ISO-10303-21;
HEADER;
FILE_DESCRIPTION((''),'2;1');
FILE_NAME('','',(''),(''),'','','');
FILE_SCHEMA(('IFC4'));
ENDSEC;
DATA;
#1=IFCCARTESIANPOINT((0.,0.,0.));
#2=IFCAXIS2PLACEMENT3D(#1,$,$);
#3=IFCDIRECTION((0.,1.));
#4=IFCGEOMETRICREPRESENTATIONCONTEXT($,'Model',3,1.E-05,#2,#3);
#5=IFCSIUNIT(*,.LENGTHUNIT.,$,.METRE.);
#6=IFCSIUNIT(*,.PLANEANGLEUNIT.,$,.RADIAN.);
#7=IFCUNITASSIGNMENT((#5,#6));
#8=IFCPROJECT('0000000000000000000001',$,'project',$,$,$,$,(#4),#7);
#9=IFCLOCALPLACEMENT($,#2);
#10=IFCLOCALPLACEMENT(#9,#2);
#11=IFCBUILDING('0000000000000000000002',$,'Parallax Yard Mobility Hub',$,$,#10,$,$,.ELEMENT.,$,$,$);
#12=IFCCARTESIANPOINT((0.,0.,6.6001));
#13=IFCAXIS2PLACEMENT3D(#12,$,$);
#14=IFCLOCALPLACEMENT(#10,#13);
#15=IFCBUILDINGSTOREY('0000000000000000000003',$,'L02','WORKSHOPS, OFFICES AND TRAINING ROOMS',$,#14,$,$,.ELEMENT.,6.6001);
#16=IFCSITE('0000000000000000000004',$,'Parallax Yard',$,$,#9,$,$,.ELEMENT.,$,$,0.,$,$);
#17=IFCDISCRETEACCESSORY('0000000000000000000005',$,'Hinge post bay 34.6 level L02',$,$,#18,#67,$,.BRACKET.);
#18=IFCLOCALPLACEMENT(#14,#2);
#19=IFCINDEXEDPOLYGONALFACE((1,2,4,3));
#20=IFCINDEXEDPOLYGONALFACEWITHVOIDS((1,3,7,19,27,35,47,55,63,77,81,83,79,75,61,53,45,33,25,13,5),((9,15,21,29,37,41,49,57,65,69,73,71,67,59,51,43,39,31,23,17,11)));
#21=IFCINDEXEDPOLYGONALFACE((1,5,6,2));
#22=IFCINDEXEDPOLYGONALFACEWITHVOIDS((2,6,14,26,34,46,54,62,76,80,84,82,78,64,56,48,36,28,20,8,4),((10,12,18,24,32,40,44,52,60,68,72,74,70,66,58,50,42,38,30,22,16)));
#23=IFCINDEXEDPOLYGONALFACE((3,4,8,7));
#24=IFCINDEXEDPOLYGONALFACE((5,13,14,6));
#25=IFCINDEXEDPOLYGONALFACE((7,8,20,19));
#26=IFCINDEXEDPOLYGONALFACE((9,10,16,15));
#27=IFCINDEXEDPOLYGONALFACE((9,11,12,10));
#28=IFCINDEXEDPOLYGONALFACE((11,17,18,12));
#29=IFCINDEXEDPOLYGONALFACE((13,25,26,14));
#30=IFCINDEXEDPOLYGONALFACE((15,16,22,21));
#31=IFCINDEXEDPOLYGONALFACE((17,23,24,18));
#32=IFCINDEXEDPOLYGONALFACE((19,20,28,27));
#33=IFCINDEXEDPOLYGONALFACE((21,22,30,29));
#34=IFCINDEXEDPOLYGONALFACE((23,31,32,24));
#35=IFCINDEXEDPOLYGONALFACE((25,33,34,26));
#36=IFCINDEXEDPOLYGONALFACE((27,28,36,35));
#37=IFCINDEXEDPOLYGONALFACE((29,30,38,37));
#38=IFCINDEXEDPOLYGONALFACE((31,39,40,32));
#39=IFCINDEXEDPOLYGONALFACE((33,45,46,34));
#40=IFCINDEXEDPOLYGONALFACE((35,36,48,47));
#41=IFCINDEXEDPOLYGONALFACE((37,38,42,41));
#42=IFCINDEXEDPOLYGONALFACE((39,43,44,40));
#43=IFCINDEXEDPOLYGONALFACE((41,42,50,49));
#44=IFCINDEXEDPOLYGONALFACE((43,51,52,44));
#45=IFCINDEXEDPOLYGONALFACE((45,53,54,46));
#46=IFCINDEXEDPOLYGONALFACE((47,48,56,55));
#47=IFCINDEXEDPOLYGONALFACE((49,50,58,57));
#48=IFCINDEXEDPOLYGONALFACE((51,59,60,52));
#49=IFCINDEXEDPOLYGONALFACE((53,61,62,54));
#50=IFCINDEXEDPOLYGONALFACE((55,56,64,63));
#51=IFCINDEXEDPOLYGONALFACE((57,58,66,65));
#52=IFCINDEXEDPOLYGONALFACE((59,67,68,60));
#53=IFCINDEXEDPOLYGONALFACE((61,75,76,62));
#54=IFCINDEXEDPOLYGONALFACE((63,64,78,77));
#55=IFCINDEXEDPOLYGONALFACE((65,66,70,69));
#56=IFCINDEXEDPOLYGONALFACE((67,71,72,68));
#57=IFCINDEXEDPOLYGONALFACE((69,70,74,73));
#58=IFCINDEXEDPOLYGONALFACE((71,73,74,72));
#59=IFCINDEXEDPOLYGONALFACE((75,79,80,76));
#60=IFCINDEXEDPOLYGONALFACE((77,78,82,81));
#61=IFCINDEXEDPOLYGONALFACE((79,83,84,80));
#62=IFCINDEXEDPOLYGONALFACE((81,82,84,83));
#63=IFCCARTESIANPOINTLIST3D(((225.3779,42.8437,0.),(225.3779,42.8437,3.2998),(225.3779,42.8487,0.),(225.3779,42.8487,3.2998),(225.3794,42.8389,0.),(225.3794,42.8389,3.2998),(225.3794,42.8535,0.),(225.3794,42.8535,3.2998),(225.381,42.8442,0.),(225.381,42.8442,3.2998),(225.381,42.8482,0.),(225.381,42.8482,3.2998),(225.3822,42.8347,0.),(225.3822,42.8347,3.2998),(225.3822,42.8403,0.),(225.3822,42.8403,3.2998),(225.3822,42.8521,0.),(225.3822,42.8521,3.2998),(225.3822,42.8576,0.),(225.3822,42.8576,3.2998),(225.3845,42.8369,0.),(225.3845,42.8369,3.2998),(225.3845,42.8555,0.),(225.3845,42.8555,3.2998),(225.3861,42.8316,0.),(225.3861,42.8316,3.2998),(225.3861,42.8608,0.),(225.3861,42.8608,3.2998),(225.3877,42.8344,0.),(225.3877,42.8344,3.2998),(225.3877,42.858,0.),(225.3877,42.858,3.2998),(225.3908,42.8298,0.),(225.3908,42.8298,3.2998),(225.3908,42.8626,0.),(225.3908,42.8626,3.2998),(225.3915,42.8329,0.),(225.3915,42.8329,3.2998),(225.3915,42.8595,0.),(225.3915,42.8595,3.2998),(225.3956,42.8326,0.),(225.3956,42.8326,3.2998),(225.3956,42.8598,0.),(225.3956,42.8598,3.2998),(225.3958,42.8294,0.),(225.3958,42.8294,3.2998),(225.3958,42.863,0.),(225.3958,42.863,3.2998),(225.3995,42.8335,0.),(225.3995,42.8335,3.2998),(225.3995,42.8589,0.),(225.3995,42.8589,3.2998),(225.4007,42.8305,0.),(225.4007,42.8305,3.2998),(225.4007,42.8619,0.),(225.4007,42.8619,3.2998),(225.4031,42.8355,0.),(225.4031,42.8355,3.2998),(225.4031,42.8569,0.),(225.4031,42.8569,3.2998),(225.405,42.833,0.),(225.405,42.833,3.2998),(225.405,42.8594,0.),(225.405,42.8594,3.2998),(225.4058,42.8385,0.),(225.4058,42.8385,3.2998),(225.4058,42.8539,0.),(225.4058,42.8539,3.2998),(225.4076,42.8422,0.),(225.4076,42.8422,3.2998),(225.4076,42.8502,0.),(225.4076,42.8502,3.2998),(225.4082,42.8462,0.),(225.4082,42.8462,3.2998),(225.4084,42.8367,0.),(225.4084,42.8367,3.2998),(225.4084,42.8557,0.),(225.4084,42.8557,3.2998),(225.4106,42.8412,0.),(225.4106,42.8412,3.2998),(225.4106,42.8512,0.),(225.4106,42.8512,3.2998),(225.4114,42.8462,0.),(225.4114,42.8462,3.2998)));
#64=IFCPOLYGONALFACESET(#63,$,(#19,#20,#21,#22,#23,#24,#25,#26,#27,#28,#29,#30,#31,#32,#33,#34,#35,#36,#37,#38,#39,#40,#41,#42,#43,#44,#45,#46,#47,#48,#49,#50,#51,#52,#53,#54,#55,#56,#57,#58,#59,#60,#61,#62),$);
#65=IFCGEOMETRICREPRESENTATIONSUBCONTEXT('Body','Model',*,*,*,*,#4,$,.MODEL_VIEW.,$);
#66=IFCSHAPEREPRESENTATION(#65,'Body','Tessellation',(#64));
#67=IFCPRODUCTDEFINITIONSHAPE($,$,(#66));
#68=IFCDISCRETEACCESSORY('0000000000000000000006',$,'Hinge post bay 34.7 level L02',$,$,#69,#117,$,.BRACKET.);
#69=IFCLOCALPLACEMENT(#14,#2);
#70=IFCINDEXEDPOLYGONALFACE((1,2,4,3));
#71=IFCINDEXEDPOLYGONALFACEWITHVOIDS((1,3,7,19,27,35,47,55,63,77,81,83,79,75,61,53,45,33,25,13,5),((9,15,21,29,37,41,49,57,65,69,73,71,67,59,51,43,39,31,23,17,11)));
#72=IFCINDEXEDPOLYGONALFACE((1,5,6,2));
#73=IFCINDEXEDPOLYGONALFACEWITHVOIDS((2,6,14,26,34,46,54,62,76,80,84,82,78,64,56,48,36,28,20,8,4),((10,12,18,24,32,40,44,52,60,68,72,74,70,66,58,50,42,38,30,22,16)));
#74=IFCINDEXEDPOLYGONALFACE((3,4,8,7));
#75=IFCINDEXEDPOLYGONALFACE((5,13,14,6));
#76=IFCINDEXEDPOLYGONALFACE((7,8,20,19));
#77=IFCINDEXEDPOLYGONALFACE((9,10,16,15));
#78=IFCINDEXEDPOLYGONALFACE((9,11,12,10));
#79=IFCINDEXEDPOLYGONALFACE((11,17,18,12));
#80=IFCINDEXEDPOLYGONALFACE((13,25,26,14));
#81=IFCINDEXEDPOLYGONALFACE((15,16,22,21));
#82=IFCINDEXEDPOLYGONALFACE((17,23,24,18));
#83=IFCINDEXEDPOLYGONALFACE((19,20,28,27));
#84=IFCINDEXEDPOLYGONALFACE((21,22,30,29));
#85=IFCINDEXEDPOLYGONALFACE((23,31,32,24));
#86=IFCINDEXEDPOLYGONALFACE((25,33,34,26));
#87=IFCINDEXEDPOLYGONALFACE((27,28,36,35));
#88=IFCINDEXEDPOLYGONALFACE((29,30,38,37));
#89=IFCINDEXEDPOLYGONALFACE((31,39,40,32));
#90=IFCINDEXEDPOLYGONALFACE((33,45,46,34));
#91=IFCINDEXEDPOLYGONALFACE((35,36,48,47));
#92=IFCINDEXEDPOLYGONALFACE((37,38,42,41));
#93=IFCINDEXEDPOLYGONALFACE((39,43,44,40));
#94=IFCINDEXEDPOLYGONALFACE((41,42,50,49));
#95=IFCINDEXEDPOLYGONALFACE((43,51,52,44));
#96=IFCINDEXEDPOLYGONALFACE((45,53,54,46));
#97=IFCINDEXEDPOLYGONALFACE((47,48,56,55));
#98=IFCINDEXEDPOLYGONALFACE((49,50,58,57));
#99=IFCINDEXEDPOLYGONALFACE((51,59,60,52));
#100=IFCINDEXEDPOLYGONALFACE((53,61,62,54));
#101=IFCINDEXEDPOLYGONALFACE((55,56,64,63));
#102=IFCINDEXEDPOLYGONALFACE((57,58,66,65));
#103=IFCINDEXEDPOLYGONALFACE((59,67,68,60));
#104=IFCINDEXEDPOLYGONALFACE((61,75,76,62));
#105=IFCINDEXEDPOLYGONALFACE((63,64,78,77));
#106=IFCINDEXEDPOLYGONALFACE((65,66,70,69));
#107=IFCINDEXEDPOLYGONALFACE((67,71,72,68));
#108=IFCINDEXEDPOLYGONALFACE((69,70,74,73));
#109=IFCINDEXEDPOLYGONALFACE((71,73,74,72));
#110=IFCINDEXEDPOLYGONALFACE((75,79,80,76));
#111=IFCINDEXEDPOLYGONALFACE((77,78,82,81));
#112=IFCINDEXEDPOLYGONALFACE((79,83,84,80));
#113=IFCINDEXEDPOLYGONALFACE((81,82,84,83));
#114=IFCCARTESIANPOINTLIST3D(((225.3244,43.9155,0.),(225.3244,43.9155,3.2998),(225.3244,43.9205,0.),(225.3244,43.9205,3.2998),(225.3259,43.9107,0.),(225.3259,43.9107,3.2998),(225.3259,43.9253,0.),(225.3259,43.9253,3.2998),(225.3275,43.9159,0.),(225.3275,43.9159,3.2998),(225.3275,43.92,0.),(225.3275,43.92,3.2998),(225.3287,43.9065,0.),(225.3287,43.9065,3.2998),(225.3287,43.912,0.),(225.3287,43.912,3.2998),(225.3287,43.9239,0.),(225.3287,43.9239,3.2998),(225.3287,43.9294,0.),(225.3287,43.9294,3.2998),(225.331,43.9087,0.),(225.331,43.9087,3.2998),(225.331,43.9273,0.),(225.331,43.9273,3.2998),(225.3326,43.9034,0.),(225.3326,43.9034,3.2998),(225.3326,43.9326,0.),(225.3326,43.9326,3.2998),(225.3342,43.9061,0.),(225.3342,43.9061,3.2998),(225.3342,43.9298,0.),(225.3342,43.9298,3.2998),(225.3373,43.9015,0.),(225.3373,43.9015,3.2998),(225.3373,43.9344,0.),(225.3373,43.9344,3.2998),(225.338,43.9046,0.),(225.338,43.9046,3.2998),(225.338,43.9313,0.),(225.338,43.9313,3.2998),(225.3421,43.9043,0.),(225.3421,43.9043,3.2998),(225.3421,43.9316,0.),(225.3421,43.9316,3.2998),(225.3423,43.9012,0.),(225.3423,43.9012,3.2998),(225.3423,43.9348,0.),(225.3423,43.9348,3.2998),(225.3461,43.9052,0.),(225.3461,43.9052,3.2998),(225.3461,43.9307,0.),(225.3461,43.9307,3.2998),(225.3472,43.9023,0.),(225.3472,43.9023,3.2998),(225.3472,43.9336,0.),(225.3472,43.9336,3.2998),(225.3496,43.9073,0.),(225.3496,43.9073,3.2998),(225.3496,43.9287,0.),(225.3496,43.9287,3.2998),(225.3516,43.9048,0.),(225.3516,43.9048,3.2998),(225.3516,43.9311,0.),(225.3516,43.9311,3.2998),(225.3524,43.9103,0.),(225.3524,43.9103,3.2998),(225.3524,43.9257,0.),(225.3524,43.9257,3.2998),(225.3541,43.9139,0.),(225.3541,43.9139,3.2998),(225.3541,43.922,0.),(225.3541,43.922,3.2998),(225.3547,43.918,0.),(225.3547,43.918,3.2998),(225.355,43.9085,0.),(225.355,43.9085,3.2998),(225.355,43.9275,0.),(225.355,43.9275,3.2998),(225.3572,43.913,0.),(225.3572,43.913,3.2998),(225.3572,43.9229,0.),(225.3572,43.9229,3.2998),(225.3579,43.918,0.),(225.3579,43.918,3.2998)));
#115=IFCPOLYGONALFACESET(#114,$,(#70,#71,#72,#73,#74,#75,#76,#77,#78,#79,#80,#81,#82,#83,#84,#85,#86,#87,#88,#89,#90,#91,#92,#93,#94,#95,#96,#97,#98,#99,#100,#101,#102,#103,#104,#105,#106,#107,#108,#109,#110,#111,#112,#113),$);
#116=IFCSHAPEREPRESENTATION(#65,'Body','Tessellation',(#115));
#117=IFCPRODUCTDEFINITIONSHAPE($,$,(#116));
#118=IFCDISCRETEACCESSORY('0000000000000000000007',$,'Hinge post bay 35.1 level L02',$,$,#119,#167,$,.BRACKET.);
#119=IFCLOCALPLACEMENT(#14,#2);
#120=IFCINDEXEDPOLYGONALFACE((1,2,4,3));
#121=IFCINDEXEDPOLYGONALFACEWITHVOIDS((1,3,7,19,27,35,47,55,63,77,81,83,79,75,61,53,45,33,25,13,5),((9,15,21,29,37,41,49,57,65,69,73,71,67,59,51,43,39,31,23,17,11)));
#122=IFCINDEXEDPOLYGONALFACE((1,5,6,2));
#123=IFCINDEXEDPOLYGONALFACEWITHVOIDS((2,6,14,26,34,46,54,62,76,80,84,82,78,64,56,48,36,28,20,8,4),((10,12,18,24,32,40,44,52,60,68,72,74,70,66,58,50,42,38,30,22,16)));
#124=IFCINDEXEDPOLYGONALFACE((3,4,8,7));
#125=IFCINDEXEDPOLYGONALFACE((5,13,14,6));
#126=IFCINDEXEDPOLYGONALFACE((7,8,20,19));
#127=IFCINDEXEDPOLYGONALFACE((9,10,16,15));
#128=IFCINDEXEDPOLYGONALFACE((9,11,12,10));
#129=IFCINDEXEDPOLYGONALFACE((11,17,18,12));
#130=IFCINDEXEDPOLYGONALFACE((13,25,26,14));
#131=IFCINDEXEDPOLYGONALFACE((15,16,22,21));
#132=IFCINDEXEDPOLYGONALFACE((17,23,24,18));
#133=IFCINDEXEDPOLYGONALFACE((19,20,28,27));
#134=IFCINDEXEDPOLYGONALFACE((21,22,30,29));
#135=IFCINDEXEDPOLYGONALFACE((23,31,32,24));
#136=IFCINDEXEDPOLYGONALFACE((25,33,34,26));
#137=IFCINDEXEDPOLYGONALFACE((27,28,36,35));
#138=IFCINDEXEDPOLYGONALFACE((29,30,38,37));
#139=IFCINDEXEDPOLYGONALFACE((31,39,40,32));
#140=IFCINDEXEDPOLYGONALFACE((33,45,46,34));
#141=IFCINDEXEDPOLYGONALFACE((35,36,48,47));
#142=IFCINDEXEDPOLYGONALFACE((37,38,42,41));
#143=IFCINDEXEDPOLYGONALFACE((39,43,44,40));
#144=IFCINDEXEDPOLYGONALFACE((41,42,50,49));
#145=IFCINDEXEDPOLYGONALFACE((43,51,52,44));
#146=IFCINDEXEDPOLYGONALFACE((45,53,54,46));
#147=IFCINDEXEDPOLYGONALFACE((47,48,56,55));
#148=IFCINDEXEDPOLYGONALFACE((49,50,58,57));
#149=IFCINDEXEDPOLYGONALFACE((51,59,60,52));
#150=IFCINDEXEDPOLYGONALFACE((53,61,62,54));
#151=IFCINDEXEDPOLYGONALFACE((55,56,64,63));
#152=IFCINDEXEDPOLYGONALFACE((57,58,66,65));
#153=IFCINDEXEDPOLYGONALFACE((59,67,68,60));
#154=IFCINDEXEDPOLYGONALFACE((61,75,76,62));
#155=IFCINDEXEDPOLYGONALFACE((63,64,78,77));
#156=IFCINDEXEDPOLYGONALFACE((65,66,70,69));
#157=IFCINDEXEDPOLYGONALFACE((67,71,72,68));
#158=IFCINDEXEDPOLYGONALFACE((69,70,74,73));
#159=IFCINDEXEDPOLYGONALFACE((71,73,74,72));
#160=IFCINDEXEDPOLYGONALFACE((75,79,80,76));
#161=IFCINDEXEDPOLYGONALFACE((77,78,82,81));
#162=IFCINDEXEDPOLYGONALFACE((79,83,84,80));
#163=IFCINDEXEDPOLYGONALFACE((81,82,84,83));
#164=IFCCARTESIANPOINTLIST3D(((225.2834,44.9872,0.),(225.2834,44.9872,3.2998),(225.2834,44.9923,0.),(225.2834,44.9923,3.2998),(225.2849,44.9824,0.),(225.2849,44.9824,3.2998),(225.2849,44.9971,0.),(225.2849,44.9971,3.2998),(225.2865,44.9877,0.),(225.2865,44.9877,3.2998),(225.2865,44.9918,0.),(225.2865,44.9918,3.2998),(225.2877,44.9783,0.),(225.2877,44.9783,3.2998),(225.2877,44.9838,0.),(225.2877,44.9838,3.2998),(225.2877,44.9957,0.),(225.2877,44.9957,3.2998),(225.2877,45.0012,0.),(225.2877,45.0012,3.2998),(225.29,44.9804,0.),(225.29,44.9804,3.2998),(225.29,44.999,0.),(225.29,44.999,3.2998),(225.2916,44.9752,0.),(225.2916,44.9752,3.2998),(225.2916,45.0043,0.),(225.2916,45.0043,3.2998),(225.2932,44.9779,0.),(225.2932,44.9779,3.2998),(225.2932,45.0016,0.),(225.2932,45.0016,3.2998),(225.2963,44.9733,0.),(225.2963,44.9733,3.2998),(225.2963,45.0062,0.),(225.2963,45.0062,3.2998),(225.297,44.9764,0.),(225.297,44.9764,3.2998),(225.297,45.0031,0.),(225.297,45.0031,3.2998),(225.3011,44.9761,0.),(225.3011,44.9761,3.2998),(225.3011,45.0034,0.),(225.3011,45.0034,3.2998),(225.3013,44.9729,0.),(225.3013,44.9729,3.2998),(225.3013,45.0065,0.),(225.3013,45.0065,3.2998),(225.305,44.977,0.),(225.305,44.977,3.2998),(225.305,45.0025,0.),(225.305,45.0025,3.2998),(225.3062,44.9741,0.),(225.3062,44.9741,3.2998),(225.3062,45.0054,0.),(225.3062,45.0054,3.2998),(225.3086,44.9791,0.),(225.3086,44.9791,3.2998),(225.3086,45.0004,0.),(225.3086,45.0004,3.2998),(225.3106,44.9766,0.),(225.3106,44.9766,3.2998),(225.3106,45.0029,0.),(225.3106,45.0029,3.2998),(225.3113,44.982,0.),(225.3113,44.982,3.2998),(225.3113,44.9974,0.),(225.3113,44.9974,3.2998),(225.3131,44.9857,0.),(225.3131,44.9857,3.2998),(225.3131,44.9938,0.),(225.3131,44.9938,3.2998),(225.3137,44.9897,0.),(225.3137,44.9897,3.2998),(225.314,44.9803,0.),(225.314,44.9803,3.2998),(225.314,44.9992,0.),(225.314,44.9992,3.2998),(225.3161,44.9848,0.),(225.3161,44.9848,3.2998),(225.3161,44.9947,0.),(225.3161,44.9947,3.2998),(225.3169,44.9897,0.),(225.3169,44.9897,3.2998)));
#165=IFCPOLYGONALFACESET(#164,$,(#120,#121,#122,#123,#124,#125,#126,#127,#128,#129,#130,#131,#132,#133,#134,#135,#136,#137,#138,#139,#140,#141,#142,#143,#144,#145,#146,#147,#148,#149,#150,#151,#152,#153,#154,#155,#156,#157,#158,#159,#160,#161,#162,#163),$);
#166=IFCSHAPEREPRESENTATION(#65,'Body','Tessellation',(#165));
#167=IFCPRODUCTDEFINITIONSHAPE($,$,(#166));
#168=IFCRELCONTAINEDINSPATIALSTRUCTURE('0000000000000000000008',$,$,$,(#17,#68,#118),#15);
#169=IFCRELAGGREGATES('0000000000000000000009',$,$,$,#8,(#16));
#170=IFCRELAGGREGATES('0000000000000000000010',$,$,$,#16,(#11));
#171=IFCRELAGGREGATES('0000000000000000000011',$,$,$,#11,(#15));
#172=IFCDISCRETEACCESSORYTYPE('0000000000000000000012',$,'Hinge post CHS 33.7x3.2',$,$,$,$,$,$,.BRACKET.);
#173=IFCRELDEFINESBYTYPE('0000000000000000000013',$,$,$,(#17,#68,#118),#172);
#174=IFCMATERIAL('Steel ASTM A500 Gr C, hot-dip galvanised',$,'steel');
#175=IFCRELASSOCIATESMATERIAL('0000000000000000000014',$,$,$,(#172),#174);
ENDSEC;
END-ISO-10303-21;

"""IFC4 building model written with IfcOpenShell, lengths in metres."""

from ifc_helpers import new_model, si_unit, direction, frame, origin, origin_2d, place, context, subcontext, project, spatial, hollow_circle, extrude, material, material_profile, profile_set, type_object, element, save


model = new_model("IFC4")

# Units and contexts
model_context = context("Model", 3, precision=1e-05, world=origin(), true_north=direction((0.0, 1.0)))
body_context = subcontext(model_context, "Body", "Model", "MODEL_VIEW")
ifc_project = project(units=[si_unit("LENGTHUNIT", "METRE"), si_unit("PLANEANGLEUNIT", "RADIAN")], contexts=[model_context])

# Site, building, storey
site_placement = place(None, origin())
site = spatial("IfcSite", under=ifc_project, at=site_placement, Name="Parallax Yard", CompositionType="ELEMENT", RefElevation=0.0)
building_placement = place(site_placement, origin())
building = spatial("IfcBuilding", under=site, at=building_placement, Name="Parallax Yard Mobility Hub", CompositionType="ELEMENT")
storey_placement = place(building_placement, frame((0.0, 0.0, 6.6001)))
storey = spatial("IfcBuildingStorey", under=building, at=storey_placement, Name="L02", Description="WORKSHOPS, OFFICES AND TRAINING ROOMS", CompositionType="ELEMENT", Elevation=6.6001)

# Discrete accessories
ifc_material_1 = material(Name="Steel ASTM A500 Gr C, hot-dip galvanised", Category="steel")
ifc_material_profile_1 = material_profile(ifc_material_1, hollow_circle(Radius=0.0168, WallThickness=0.0032, at=origin_2d()), Name="CHS 33.7x3.2")
ifc_profile_set_1 = profile_set([ifc_material_profile_1], Name="Steel ASTM A500 Gr C, hot-dip galvanised")
discrete_accessory_type_1 = type_object("IfcDiscreteAccessoryType", Name="Hinge post CHS 33.7x3.2", PredefinedType="BRACKET", material=ifc_profile_set_1)
for number, where, z_axis, x_axis, name in (
    (1, (225.3945, 42.8462, 0.0), (0.0, 0.0, 1.0), (1.0, 0.0, 0.0), "Hinge post bay 34.6 level L02"),
    (2, (225.3411, 43.918, 0.0), (0.0, 0.0, 1.0), (1.0, 0.0, 0.0), "Hinge post bay 34.7 level L02"),
    (3, (225.3, 44.9897, 0.0), (0.0, 0.0, 1.0), (1.0, 0.0, 0.0), "Hinge post bay 35.1 level L02"),
):
    element("IfcDiscreteAccessory", number, at=place(storey_placement, frame(where, z_axis=z_axis, x_axis=x_axis)), inside=storey, type_object=discrete_accessory_type_1, Name=name, PredefinedType="BRACKET", context=body_context, shape_type="SweptSolid", body=[
        extrude(hollow_circle(Radius=0.0168, WallThickness=0.0032, at=origin_2d()), origin(), (0.0, 0.0, 1.0), 3.2998),
    ])

save(model, "model.ifc")
